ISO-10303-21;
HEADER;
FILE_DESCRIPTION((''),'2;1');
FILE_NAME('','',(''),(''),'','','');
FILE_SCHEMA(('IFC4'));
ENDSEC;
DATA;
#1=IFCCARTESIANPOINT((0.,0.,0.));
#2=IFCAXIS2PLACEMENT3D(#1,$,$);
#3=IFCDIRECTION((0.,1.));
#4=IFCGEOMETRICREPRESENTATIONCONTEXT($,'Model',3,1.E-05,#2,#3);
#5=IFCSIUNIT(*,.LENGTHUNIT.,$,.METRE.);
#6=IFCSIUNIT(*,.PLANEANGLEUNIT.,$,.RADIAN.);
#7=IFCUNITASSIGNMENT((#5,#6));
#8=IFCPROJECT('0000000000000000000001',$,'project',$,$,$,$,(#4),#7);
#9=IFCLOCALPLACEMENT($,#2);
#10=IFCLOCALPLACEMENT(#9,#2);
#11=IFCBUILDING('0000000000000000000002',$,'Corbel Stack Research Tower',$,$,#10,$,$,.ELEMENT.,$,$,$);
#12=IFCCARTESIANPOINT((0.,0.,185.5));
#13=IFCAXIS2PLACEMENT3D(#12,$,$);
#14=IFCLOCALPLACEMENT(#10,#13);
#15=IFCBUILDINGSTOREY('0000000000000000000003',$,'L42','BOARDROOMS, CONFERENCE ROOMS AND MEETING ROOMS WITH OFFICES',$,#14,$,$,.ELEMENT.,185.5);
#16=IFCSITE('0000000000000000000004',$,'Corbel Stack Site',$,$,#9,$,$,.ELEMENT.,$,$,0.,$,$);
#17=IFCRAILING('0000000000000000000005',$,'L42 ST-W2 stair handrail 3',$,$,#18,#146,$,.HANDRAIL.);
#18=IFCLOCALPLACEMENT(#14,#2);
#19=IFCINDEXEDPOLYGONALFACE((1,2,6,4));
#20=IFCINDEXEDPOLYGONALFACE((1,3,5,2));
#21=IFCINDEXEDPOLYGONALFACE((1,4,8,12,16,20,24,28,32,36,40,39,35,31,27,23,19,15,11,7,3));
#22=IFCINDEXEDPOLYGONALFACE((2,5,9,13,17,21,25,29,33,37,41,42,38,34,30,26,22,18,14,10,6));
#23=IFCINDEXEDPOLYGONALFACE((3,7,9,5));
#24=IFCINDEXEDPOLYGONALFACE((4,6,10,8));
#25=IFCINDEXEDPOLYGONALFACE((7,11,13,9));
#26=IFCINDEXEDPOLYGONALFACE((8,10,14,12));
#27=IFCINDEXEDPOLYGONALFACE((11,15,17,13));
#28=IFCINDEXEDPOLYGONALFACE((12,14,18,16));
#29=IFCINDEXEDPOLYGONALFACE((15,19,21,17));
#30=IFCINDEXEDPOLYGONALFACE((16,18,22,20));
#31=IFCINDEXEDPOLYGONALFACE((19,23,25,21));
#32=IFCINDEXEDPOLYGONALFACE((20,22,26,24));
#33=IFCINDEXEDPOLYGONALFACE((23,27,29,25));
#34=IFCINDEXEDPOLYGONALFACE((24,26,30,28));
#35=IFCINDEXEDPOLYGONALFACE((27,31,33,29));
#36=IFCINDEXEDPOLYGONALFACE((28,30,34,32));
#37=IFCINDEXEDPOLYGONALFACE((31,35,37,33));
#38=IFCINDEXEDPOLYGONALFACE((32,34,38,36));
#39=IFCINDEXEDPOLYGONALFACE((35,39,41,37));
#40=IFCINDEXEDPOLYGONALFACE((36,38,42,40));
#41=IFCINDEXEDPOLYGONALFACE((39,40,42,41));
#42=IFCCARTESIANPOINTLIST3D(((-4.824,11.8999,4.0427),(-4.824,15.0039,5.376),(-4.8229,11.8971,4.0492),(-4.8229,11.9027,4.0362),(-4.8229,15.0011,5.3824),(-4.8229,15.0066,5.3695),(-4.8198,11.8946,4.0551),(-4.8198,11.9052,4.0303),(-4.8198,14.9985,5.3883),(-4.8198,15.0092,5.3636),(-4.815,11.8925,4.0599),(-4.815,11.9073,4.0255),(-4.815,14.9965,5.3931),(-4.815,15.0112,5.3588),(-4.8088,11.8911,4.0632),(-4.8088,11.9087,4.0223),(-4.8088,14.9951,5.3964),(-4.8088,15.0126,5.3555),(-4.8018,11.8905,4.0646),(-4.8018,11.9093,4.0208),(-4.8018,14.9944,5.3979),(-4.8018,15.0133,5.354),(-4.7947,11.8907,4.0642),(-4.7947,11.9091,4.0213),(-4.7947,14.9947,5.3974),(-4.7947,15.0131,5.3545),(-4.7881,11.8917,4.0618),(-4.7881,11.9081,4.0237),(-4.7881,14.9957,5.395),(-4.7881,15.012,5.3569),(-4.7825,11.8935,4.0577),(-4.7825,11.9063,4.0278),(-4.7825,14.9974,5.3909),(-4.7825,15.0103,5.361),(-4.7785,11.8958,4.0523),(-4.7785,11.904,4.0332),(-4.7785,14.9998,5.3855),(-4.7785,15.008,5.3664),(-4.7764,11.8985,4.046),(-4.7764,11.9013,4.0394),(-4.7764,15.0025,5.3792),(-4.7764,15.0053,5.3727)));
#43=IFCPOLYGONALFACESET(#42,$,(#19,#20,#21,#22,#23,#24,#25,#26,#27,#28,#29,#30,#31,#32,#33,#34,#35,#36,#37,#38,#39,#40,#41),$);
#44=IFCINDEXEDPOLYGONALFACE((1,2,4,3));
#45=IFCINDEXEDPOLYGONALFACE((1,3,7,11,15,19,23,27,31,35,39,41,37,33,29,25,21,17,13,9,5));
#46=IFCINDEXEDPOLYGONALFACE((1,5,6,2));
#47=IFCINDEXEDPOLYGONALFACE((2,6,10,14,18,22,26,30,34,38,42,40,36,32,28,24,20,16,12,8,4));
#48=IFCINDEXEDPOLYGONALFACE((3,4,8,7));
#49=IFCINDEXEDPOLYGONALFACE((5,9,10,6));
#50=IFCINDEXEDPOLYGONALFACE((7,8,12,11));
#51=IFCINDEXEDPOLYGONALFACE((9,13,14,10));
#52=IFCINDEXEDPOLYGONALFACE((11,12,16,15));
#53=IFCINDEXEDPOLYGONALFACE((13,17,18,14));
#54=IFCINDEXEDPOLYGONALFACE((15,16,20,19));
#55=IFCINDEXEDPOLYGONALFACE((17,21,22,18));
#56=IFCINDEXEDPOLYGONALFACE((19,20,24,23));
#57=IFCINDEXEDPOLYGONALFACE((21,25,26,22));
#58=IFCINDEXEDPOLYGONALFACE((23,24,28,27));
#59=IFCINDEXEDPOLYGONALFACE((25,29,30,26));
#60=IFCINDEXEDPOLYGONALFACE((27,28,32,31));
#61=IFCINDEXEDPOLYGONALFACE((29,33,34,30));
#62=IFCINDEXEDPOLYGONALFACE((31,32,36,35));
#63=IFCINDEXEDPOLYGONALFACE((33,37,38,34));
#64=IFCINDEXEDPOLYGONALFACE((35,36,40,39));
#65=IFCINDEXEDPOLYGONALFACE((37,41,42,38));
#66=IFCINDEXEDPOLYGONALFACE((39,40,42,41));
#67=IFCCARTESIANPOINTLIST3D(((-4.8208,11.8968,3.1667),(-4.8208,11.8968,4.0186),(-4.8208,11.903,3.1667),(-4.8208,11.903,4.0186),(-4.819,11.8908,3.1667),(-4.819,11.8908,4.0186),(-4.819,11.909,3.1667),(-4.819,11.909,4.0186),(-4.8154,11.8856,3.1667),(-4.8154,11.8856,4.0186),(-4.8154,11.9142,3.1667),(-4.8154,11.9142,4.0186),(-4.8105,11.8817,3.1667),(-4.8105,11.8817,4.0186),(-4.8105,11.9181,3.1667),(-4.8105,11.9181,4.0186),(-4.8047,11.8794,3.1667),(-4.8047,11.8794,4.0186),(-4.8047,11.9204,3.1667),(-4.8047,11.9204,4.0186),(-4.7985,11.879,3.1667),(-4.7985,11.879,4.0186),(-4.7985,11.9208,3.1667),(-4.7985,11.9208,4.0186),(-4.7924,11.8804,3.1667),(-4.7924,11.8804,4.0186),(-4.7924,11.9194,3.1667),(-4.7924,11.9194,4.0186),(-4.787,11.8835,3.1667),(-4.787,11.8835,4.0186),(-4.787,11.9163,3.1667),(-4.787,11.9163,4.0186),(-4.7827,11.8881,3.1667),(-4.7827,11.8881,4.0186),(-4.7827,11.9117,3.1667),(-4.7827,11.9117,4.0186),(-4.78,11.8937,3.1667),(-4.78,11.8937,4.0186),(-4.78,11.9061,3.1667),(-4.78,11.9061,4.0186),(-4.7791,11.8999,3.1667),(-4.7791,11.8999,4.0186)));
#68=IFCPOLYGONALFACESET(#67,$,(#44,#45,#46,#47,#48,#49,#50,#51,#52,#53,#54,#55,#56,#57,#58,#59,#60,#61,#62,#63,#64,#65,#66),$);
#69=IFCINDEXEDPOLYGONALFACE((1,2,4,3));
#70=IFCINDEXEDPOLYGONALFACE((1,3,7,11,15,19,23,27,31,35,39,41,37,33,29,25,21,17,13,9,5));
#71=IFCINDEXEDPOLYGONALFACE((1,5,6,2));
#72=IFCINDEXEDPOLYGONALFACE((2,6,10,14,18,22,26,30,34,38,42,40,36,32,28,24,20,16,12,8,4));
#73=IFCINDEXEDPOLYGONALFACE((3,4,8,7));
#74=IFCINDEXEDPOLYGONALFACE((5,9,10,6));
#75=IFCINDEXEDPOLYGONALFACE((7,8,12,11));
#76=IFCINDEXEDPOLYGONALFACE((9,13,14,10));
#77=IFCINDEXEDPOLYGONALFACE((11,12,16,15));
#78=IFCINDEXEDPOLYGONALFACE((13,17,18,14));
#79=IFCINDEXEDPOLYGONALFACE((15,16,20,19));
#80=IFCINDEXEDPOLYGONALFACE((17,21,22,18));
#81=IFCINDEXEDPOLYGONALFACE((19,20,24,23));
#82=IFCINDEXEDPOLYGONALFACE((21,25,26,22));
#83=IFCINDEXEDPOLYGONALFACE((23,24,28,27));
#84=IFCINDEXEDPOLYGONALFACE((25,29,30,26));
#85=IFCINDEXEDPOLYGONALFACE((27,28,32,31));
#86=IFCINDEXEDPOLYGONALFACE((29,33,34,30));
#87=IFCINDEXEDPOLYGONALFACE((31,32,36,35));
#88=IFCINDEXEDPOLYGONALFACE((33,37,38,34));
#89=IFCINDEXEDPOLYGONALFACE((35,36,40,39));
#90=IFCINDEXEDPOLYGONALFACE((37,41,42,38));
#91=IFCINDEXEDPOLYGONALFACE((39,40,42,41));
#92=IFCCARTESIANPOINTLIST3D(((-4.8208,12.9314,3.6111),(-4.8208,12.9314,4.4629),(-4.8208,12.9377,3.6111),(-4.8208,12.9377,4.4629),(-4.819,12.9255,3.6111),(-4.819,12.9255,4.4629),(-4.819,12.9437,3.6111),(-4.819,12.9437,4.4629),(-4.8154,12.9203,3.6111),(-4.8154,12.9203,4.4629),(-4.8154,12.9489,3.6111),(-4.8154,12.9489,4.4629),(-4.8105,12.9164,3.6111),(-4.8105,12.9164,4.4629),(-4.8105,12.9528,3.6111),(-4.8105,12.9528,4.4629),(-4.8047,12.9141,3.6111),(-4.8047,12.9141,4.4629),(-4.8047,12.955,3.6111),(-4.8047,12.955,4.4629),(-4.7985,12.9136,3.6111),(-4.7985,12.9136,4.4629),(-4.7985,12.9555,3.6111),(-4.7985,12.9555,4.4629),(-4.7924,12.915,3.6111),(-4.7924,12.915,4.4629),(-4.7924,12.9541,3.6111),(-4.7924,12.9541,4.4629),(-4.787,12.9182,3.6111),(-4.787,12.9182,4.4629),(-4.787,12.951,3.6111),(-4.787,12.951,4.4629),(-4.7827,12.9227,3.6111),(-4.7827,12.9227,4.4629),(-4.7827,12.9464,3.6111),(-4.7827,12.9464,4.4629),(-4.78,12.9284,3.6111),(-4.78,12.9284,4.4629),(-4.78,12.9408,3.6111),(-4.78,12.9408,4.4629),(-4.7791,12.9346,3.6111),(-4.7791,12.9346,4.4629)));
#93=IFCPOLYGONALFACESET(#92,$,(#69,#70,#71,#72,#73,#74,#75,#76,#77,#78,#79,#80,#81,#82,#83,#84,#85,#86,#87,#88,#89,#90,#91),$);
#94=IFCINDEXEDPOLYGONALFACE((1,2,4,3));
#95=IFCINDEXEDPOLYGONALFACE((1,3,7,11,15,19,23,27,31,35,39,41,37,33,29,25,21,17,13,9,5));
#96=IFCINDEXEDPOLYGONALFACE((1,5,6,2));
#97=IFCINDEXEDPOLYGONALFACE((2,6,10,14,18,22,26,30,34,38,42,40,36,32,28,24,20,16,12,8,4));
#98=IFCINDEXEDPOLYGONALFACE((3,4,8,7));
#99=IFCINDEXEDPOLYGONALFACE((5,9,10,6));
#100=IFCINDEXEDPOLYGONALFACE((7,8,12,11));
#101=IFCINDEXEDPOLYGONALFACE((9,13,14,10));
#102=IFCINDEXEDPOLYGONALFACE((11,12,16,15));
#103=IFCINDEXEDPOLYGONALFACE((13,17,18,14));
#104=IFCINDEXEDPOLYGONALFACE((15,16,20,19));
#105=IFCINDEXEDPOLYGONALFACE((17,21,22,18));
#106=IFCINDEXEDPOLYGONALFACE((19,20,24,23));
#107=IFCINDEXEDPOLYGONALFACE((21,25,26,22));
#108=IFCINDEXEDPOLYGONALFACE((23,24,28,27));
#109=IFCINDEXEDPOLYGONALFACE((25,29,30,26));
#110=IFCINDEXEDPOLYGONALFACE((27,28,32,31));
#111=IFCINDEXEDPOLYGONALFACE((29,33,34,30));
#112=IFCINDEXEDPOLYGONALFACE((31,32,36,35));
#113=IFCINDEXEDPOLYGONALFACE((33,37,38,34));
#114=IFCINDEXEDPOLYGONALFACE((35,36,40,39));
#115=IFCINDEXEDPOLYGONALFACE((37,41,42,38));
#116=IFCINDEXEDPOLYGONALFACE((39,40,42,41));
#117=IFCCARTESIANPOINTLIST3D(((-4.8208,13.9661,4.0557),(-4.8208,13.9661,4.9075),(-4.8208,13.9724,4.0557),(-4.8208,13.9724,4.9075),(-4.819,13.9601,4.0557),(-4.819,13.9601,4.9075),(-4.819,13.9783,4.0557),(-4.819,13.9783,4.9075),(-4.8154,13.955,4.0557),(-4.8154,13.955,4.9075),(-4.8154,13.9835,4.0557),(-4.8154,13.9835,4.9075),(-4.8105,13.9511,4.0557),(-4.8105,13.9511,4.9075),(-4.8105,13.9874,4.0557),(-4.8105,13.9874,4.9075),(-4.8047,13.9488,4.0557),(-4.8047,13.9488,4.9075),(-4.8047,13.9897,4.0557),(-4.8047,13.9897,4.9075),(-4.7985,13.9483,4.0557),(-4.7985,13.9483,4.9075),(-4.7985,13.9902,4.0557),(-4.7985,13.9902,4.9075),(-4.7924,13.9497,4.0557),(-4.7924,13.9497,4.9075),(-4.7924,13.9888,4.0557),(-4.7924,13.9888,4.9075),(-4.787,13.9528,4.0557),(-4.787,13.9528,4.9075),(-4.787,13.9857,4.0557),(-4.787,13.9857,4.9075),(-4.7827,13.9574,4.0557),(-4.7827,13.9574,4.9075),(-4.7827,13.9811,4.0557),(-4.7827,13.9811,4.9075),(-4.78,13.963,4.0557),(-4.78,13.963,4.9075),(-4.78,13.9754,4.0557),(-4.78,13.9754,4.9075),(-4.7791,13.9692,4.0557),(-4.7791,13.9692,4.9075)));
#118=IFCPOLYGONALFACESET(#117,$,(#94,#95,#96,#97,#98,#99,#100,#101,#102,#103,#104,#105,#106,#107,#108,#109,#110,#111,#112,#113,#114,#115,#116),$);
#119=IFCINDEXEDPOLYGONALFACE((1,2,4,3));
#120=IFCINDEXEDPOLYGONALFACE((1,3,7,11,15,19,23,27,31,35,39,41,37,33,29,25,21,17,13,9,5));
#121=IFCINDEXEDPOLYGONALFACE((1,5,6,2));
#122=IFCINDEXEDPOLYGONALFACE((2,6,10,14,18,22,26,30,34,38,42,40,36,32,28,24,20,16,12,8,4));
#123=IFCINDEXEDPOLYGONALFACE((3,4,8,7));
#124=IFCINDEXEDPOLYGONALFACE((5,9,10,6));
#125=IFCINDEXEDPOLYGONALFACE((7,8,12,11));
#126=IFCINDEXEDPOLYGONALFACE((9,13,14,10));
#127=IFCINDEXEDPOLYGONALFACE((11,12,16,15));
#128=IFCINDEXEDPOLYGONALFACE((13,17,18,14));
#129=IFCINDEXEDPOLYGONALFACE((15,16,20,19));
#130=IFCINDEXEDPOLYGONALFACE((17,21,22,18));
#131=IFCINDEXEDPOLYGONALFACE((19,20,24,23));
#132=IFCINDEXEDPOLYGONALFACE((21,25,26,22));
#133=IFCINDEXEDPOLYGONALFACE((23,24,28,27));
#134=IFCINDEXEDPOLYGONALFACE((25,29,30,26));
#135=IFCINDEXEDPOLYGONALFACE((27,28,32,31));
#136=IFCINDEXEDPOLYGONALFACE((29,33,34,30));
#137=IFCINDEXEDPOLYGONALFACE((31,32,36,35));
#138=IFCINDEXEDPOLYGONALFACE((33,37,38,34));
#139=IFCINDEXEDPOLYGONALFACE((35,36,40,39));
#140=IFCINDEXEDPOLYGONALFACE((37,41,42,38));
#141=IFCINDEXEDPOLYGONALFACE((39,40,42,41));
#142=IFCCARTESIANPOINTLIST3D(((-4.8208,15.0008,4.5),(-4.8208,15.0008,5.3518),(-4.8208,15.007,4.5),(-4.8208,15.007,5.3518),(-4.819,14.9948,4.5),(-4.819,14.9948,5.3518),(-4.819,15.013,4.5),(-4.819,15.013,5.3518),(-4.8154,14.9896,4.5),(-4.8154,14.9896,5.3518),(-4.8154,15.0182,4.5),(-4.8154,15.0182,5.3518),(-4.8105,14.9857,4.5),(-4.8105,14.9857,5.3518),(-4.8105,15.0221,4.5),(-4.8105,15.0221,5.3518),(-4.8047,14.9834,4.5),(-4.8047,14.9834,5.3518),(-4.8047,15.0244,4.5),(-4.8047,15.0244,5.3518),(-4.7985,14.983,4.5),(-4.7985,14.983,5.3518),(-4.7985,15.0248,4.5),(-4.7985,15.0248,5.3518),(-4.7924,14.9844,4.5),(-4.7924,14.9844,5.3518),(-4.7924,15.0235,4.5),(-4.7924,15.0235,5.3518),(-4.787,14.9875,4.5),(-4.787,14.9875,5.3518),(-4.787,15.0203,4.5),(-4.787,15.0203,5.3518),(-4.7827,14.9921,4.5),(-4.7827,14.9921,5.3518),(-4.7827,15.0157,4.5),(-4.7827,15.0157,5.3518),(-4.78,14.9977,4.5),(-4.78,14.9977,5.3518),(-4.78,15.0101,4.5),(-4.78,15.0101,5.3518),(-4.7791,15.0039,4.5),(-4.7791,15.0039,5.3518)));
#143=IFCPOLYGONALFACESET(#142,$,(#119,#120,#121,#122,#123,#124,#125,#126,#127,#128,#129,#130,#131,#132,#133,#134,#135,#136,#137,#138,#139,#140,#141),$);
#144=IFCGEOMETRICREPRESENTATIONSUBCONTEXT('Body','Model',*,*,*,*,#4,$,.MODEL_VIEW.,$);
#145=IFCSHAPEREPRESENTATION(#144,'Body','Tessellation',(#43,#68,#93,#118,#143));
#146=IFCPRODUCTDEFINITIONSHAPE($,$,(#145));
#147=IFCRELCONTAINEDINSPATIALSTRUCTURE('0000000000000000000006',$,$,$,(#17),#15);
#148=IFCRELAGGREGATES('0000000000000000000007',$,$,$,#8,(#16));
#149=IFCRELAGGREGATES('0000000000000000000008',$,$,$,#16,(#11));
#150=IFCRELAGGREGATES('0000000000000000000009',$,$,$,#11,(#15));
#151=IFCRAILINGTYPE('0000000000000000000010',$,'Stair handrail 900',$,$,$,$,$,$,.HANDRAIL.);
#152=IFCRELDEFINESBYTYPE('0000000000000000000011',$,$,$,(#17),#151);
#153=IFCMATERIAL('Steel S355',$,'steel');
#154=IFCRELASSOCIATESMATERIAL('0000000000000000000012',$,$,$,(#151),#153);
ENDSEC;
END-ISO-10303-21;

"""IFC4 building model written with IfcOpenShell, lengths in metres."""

from ifc_helpers import new_model, si_unit, direction, frame, origin, origin_2d, place, context, subcontext, project, spatial, circle, extrude, material, type_object, element, save


model = new_model("IFC4")

# Units and contexts
model_context = context("Model", 3, precision=1e-05, world=origin(), true_north=direction((0.0, 1.0)))
body_context = subcontext(model_context, "Body", "Model", "MODEL_VIEW")
ifc_project = project(units=[si_unit("LENGTHUNIT", "METRE"), si_unit("PLANEANGLEUNIT", "RADIAN")], contexts=[model_context])

# Site, building, storey
site_placement = place(None, origin())
site = spatial("IfcSite", under=ifc_project, at=site_placement, Name="Corbel Stack Site", CompositionType="ELEMENT", RefElevation=0.0)
building_placement = place(site_placement, origin())
building = spatial("IfcBuilding", under=site, at=building_placement, Name="Corbel Stack Research Tower", CompositionType="ELEMENT")
storey_placement = place(building_placement, frame((0.0, 0.0, 185.5)))
storey = spatial("IfcBuildingStorey", under=building, at=storey_placement, Name="L42", Description="BOARDROOMS, CONFERENCE ROOMS AND MEETING ROOMS WITH OFFICES", CompositionType="ELEMENT", Elevation=185.5)

# Railing
ifc_material_1 = material(Name="Steel S355", Category="steel")
railing_type_1 = type_object("IfcRailingType", Name="Stair handrail 900", PredefinedType="HANDRAIL", material=ifc_material_1)
railing_1_placement = place(storey_placement, frame((-4.8, 11.8999, 3.1667)))
element("IfcRailing", 1, at=railing_1_placement, inside=storey, type_object=railing_type_1, Name="L42 ST-W2 stair handrail 3", PredefinedType="HANDRAIL", context=body_context, shape_type="SweptSolid", body=[
    extrude(circle(Radius=0.0239, at=origin_2d()), frame((0.0, 0.0, 0.876), z_axis=(0.0, 0.918827, 0.394661), x_axis=(-1.0, 0.0, 0.0)), (0.0, 0.0, 1.0), 3.3782),
    extrude(circle(Radius=0.021, at=origin_2d()), origin(), (0.0, 0.0, 1.0), 0.8518),
    extrude(circle(Radius=0.021, at=origin_2d()), frame((0.0, 1.0347, 0.4443)), (0.0, 0.0, 1.0), 0.8518),
    extrude(circle(Radius=0.021, at=origin_2d()), frame((0.0, 2.0693, 0.8889)), (0.0, 0.0, 1.0), 0.8518),
    extrude(circle(Radius=0.021, at=origin_2d()), frame((0.0, 3.104, 1.3333)), (0.0, 0.0, 1.0), 0.8518),
])

save(model, "model.ifc")
